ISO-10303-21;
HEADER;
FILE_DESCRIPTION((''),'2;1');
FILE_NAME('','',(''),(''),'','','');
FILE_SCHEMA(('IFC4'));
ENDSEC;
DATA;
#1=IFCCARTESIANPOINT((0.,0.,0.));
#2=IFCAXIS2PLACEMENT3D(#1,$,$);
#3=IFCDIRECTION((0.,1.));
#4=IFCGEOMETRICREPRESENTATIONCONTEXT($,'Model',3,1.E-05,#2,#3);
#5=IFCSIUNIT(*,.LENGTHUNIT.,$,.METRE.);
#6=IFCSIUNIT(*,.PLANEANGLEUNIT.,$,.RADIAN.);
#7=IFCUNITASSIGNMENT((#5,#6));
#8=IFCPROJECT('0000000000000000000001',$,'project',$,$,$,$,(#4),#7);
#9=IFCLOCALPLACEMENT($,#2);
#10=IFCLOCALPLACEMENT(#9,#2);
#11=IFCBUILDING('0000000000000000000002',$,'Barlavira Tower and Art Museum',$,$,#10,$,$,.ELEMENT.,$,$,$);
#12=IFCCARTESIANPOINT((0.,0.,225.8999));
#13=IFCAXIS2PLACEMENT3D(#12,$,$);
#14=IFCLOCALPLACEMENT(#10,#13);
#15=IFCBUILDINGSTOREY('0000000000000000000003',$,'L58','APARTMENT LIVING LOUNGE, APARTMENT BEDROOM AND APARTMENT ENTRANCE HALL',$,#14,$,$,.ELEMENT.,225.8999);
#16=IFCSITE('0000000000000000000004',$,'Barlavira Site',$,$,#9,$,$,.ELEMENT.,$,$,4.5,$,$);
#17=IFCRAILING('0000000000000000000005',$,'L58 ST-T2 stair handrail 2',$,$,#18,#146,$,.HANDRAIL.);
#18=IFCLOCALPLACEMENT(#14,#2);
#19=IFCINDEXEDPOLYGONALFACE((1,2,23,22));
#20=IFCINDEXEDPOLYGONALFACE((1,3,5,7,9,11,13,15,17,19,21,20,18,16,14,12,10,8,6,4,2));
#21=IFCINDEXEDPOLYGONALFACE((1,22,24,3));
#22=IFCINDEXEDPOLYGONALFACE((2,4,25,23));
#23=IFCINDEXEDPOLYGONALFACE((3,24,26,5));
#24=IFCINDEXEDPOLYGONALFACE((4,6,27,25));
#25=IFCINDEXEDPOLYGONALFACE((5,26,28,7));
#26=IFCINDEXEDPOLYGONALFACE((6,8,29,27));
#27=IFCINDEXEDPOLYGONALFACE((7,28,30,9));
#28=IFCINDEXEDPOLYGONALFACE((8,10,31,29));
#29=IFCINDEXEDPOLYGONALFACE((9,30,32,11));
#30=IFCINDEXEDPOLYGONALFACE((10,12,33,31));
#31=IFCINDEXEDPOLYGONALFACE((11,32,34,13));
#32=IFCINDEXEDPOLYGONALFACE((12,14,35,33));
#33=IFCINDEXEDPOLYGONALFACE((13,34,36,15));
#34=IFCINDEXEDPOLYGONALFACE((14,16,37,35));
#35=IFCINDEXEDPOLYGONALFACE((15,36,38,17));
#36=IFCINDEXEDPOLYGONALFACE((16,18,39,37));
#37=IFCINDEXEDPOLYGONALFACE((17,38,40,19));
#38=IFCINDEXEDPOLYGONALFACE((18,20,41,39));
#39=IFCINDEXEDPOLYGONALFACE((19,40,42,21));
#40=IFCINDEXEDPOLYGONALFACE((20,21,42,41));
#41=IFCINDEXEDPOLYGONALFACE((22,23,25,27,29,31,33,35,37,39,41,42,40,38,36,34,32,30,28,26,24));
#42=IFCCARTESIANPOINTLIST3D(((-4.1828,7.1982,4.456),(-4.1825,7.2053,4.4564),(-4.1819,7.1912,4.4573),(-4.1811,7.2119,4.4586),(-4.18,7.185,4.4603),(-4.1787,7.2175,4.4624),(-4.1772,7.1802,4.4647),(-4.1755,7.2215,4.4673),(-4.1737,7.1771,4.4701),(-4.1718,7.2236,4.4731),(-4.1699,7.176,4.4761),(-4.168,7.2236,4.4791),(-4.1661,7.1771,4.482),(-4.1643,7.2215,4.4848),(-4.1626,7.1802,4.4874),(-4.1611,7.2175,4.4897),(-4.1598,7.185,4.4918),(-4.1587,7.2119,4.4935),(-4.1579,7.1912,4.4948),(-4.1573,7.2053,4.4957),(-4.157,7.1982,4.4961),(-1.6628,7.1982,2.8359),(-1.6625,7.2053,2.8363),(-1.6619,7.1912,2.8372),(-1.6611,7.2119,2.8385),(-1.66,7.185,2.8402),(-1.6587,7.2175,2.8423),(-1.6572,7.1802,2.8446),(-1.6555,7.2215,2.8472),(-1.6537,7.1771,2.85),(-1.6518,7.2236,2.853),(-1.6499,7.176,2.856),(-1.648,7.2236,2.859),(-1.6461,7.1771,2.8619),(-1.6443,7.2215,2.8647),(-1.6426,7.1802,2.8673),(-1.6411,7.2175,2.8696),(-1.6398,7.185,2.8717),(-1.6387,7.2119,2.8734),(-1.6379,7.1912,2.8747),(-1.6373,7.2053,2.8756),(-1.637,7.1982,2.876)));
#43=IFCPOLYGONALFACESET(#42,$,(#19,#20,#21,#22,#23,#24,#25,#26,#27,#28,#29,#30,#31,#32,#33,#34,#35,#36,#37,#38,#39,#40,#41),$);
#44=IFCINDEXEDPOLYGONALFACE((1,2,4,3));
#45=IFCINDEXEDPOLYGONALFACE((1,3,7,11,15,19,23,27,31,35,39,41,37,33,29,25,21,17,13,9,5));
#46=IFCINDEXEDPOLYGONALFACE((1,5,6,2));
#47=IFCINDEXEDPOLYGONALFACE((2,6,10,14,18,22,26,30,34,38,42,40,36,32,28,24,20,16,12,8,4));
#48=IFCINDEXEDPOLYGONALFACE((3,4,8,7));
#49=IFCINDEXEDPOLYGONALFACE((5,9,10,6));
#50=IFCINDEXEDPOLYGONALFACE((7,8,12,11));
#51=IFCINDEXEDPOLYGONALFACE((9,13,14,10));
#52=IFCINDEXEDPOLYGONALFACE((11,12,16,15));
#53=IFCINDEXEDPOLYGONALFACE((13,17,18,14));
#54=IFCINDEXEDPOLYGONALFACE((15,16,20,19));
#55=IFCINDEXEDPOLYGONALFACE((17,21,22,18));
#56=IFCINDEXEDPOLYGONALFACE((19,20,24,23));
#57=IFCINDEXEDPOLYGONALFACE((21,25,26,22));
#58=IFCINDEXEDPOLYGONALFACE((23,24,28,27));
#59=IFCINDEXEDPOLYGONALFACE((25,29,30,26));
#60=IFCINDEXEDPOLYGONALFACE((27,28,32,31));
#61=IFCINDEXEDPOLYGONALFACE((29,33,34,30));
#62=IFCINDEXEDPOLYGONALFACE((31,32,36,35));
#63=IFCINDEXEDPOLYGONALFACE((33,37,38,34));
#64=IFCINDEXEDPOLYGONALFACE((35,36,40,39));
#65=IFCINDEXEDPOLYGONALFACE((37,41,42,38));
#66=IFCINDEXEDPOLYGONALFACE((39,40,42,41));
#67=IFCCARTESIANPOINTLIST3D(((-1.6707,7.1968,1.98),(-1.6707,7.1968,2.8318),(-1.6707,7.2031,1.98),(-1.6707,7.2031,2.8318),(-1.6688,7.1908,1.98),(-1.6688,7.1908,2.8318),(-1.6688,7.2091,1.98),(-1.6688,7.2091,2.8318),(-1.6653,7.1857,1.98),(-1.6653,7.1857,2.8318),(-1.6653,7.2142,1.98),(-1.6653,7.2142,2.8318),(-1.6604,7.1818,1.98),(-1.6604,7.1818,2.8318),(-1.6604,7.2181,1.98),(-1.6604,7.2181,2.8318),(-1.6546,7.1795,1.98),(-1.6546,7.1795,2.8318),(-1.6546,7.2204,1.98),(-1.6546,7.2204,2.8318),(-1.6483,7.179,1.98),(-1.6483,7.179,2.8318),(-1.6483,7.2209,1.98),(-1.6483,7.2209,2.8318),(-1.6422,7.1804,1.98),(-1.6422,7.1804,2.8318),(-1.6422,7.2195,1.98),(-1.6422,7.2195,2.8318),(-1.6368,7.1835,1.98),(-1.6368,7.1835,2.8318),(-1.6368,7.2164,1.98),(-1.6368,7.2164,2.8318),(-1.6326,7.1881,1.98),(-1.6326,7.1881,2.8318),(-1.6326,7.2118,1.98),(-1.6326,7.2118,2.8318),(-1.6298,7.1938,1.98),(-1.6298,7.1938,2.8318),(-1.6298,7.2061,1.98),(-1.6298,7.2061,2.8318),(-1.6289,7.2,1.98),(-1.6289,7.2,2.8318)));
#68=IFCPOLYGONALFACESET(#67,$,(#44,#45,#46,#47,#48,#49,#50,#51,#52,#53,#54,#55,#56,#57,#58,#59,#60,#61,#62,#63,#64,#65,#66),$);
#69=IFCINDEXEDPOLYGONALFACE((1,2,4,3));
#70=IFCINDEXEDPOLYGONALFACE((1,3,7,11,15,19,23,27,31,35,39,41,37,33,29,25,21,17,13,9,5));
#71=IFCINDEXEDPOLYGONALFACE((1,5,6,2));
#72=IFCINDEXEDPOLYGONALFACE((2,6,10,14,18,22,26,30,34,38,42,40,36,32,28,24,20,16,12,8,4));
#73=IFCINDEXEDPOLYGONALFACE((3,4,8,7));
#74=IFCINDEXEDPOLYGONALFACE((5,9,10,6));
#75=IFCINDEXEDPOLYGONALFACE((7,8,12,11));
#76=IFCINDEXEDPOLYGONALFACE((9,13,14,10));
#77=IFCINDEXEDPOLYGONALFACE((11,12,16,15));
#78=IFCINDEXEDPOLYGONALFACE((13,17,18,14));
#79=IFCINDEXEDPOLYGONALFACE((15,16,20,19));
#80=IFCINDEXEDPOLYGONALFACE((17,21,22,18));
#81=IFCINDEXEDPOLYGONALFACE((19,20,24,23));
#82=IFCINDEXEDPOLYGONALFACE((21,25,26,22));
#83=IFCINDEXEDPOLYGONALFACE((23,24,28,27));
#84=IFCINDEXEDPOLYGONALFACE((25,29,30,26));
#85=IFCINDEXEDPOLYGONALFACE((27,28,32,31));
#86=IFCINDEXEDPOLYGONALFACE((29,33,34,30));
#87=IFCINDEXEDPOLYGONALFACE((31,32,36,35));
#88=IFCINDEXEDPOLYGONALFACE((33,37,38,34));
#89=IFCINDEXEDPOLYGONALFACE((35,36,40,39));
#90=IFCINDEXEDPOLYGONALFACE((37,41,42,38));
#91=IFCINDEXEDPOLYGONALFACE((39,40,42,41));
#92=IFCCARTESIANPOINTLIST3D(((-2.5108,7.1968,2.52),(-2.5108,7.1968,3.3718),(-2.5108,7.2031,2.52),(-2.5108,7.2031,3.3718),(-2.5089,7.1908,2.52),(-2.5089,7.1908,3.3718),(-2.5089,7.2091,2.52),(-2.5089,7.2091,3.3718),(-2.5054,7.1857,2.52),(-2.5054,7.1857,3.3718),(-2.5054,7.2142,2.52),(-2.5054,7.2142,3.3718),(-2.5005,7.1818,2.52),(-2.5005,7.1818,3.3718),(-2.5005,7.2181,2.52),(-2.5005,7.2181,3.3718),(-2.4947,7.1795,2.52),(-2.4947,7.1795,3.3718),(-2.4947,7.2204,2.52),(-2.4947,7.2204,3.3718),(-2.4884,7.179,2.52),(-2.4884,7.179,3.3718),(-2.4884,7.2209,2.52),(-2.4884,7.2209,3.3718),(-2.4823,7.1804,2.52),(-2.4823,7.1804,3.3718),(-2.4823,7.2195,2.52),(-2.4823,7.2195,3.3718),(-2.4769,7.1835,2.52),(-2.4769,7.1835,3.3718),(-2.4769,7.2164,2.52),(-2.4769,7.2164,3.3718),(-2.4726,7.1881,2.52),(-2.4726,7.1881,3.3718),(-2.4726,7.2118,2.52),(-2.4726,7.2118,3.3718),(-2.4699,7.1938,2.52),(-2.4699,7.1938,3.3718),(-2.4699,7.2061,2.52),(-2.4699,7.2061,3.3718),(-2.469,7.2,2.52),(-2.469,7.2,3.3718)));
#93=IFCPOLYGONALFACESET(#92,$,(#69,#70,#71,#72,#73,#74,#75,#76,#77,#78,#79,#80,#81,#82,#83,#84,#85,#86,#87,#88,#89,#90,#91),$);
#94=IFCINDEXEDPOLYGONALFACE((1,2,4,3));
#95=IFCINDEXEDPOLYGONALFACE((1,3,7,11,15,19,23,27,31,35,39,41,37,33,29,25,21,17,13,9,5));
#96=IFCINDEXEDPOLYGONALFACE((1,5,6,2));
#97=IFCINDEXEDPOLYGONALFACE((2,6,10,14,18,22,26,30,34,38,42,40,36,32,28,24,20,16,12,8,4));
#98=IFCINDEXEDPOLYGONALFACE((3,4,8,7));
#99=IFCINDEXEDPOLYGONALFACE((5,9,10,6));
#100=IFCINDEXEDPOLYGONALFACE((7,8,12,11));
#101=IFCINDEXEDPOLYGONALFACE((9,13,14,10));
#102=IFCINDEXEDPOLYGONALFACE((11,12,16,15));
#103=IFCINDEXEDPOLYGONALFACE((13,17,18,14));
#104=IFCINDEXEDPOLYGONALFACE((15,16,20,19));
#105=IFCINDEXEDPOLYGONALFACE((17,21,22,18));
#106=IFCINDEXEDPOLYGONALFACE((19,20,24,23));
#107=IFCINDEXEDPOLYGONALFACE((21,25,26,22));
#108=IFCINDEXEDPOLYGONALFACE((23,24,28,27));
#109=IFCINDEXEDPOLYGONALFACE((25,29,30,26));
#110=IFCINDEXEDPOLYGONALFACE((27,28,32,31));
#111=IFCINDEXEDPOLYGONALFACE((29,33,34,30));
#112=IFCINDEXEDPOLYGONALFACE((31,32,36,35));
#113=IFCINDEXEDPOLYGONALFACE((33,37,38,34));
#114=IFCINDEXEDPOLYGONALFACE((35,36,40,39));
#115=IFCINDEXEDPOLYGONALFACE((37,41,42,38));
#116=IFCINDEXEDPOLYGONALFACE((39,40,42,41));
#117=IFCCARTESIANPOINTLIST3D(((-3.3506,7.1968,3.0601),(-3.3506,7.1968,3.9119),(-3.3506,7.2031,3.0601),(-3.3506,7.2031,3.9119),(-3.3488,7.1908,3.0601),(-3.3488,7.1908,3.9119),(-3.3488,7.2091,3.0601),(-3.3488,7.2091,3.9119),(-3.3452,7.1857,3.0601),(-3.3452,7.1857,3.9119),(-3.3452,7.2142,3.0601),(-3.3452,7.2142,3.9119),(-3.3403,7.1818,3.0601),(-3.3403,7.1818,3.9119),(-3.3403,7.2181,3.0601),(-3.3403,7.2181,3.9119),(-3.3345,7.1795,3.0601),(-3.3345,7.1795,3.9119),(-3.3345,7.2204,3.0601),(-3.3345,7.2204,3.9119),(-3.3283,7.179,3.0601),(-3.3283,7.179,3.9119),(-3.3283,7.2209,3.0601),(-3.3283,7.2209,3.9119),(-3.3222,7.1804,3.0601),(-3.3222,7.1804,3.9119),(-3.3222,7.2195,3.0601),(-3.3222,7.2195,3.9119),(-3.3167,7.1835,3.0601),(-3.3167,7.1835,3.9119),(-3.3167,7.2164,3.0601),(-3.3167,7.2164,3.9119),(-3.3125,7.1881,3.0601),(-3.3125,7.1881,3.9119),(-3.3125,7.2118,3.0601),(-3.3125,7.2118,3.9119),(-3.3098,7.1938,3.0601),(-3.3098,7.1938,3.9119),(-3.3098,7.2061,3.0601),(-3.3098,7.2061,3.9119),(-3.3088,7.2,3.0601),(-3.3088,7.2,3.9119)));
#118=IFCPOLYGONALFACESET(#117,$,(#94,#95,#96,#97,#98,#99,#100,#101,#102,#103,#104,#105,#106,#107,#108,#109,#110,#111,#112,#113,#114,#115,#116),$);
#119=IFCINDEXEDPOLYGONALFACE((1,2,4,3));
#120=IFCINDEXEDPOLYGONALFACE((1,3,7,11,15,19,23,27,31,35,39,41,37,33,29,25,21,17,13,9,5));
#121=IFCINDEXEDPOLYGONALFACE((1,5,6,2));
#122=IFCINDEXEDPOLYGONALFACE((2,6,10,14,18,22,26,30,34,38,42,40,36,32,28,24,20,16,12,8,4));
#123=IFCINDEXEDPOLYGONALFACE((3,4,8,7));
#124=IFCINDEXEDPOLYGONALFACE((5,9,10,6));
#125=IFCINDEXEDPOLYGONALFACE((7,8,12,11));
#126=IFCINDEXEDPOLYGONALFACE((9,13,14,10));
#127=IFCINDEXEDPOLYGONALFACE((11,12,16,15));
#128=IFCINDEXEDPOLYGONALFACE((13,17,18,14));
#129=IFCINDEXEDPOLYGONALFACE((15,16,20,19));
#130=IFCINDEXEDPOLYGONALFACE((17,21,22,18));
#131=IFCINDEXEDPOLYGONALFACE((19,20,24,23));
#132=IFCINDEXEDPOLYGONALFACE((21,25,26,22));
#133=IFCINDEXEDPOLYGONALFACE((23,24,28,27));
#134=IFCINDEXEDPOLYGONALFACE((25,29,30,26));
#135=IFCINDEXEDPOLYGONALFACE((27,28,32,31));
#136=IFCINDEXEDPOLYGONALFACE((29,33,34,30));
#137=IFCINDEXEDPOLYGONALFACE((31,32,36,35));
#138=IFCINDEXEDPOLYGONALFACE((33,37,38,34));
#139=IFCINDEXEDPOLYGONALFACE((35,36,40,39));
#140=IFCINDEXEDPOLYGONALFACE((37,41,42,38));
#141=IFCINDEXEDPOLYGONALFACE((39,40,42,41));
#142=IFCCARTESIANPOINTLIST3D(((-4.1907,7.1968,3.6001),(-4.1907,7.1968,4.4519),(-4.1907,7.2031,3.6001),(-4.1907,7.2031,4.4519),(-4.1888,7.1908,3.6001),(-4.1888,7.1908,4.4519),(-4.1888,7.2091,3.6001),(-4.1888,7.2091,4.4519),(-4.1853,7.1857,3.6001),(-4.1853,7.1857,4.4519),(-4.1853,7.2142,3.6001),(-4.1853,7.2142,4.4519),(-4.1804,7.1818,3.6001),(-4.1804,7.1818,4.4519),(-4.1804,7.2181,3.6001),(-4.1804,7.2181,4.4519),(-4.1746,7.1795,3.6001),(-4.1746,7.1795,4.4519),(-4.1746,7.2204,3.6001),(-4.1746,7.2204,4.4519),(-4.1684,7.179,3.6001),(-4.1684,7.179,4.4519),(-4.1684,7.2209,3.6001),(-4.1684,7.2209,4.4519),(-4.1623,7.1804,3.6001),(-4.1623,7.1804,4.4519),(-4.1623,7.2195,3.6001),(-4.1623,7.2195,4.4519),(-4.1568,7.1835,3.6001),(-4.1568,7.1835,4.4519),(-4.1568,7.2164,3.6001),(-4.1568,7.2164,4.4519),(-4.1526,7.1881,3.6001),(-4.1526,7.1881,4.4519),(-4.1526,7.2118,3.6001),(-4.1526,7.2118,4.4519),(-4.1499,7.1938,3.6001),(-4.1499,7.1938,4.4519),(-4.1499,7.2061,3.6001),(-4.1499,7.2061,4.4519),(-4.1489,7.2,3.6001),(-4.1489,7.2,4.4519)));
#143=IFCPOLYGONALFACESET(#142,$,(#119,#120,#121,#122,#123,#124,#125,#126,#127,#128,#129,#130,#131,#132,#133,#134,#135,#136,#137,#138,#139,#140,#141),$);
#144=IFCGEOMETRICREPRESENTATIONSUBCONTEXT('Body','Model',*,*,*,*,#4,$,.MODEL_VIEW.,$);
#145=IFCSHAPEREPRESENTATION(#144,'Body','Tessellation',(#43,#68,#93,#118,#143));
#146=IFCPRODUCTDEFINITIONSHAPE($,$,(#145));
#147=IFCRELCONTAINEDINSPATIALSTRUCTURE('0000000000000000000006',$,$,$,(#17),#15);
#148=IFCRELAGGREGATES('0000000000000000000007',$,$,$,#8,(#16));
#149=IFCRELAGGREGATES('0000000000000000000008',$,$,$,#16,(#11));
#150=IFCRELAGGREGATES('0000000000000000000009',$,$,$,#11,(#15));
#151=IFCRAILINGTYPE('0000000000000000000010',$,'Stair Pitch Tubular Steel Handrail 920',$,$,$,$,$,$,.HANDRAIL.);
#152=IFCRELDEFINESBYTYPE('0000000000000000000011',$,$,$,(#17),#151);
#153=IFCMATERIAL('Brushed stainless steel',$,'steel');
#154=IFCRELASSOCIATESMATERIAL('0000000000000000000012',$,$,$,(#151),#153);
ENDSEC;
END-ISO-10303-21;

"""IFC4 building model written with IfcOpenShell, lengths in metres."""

from ifc_helpers import new_model, si_unit, direction, frame, origin, origin_2d, place, context, subcontext, project, spatial, circle, extrude, material, type_object, element, save


model = new_model("IFC4")

# Units and contexts
model_context = context("Model", 3, precision=1e-05, world=origin(), true_north=direction((0.0, 1.0)))
body_context = subcontext(model_context, "Body", "Model", "MODEL_VIEW")
ifc_project = project(units=[si_unit("LENGTHUNIT", "METRE"), si_unit("PLANEANGLEUNIT", "RADIAN")], contexts=[model_context])

# Site, building, storey
site_placement = place(None, origin())
site = spatial("IfcSite", under=ifc_project, at=site_placement, Name="Barlavira Site", CompositionType="ELEMENT", RefElevation=4.5)
building_placement = place(site_placement, origin())
building = spatial("IfcBuilding", under=site, at=building_placement, Name="Barlavira Tower and Art Museum", CompositionType="ELEMENT")
storey_placement = place(building_placement, frame((0.0, 0.0, 225.8999)))
storey = spatial("IfcBuildingStorey", under=building, at=storey_placement, Name="L58", Description="APARTMENT LIVING LOUNGE, APARTMENT BEDROOM AND APARTMENT ENTRANCE HALL", CompositionType="ELEMENT", Elevation=225.8999)

# Shared definitions
ifc_material_1 = material(Name="Brushed stainless steel", Category="steel")

# Railing
railing_type_1 = type_object("IfcRailingType", Name="Stair Pitch Tubular Steel Handrail 920", PredefinedType="HANDRAIL", material=ifc_material_1)
railing_1_placement = place(storey_placement, frame((-1.6499, 7.2, 1.98)))
element("IfcRailing", 1, at=railing_1_placement, inside=storey, type_object=railing_type_1, Name="L58 ST-T2 stair handrail 2", PredefinedType="HANDRAIL", context=body_context, shape_type="SweptSolid", body=[
    extrude(circle(Radius=0.0239, at=origin_2d()), frame((0.0, 0.0, 0.876), z_axis=(-0.841163, 0.0, 0.540782), x_axis=(0.0, -1.0, 0.0)), (0.0, 0.0, 1.0), 2.9958),
    extrude(circle(Radius=0.021, at=origin_2d()), origin(), (0.0, 0.0, 1.0), 0.8518),
    extrude(circle(Radius=0.021, at=origin_2d()), frame((-0.8401, 0.0, 0.54)), (0.0, 0.0, 1.0), 0.8518),
    extrude(circle(Radius=0.021, at=origin_2d()), frame((-1.6799, 0.0, 1.0801)), (0.0, 0.0, 1.0), 0.8518),
    extrude(circle(Radius=0.021, at=origin_2d()), frame((-2.52, 0.0, 1.6201)), (0.0, 0.0, 1.0), 0.8518),
])

save(model, "model.ifc")
